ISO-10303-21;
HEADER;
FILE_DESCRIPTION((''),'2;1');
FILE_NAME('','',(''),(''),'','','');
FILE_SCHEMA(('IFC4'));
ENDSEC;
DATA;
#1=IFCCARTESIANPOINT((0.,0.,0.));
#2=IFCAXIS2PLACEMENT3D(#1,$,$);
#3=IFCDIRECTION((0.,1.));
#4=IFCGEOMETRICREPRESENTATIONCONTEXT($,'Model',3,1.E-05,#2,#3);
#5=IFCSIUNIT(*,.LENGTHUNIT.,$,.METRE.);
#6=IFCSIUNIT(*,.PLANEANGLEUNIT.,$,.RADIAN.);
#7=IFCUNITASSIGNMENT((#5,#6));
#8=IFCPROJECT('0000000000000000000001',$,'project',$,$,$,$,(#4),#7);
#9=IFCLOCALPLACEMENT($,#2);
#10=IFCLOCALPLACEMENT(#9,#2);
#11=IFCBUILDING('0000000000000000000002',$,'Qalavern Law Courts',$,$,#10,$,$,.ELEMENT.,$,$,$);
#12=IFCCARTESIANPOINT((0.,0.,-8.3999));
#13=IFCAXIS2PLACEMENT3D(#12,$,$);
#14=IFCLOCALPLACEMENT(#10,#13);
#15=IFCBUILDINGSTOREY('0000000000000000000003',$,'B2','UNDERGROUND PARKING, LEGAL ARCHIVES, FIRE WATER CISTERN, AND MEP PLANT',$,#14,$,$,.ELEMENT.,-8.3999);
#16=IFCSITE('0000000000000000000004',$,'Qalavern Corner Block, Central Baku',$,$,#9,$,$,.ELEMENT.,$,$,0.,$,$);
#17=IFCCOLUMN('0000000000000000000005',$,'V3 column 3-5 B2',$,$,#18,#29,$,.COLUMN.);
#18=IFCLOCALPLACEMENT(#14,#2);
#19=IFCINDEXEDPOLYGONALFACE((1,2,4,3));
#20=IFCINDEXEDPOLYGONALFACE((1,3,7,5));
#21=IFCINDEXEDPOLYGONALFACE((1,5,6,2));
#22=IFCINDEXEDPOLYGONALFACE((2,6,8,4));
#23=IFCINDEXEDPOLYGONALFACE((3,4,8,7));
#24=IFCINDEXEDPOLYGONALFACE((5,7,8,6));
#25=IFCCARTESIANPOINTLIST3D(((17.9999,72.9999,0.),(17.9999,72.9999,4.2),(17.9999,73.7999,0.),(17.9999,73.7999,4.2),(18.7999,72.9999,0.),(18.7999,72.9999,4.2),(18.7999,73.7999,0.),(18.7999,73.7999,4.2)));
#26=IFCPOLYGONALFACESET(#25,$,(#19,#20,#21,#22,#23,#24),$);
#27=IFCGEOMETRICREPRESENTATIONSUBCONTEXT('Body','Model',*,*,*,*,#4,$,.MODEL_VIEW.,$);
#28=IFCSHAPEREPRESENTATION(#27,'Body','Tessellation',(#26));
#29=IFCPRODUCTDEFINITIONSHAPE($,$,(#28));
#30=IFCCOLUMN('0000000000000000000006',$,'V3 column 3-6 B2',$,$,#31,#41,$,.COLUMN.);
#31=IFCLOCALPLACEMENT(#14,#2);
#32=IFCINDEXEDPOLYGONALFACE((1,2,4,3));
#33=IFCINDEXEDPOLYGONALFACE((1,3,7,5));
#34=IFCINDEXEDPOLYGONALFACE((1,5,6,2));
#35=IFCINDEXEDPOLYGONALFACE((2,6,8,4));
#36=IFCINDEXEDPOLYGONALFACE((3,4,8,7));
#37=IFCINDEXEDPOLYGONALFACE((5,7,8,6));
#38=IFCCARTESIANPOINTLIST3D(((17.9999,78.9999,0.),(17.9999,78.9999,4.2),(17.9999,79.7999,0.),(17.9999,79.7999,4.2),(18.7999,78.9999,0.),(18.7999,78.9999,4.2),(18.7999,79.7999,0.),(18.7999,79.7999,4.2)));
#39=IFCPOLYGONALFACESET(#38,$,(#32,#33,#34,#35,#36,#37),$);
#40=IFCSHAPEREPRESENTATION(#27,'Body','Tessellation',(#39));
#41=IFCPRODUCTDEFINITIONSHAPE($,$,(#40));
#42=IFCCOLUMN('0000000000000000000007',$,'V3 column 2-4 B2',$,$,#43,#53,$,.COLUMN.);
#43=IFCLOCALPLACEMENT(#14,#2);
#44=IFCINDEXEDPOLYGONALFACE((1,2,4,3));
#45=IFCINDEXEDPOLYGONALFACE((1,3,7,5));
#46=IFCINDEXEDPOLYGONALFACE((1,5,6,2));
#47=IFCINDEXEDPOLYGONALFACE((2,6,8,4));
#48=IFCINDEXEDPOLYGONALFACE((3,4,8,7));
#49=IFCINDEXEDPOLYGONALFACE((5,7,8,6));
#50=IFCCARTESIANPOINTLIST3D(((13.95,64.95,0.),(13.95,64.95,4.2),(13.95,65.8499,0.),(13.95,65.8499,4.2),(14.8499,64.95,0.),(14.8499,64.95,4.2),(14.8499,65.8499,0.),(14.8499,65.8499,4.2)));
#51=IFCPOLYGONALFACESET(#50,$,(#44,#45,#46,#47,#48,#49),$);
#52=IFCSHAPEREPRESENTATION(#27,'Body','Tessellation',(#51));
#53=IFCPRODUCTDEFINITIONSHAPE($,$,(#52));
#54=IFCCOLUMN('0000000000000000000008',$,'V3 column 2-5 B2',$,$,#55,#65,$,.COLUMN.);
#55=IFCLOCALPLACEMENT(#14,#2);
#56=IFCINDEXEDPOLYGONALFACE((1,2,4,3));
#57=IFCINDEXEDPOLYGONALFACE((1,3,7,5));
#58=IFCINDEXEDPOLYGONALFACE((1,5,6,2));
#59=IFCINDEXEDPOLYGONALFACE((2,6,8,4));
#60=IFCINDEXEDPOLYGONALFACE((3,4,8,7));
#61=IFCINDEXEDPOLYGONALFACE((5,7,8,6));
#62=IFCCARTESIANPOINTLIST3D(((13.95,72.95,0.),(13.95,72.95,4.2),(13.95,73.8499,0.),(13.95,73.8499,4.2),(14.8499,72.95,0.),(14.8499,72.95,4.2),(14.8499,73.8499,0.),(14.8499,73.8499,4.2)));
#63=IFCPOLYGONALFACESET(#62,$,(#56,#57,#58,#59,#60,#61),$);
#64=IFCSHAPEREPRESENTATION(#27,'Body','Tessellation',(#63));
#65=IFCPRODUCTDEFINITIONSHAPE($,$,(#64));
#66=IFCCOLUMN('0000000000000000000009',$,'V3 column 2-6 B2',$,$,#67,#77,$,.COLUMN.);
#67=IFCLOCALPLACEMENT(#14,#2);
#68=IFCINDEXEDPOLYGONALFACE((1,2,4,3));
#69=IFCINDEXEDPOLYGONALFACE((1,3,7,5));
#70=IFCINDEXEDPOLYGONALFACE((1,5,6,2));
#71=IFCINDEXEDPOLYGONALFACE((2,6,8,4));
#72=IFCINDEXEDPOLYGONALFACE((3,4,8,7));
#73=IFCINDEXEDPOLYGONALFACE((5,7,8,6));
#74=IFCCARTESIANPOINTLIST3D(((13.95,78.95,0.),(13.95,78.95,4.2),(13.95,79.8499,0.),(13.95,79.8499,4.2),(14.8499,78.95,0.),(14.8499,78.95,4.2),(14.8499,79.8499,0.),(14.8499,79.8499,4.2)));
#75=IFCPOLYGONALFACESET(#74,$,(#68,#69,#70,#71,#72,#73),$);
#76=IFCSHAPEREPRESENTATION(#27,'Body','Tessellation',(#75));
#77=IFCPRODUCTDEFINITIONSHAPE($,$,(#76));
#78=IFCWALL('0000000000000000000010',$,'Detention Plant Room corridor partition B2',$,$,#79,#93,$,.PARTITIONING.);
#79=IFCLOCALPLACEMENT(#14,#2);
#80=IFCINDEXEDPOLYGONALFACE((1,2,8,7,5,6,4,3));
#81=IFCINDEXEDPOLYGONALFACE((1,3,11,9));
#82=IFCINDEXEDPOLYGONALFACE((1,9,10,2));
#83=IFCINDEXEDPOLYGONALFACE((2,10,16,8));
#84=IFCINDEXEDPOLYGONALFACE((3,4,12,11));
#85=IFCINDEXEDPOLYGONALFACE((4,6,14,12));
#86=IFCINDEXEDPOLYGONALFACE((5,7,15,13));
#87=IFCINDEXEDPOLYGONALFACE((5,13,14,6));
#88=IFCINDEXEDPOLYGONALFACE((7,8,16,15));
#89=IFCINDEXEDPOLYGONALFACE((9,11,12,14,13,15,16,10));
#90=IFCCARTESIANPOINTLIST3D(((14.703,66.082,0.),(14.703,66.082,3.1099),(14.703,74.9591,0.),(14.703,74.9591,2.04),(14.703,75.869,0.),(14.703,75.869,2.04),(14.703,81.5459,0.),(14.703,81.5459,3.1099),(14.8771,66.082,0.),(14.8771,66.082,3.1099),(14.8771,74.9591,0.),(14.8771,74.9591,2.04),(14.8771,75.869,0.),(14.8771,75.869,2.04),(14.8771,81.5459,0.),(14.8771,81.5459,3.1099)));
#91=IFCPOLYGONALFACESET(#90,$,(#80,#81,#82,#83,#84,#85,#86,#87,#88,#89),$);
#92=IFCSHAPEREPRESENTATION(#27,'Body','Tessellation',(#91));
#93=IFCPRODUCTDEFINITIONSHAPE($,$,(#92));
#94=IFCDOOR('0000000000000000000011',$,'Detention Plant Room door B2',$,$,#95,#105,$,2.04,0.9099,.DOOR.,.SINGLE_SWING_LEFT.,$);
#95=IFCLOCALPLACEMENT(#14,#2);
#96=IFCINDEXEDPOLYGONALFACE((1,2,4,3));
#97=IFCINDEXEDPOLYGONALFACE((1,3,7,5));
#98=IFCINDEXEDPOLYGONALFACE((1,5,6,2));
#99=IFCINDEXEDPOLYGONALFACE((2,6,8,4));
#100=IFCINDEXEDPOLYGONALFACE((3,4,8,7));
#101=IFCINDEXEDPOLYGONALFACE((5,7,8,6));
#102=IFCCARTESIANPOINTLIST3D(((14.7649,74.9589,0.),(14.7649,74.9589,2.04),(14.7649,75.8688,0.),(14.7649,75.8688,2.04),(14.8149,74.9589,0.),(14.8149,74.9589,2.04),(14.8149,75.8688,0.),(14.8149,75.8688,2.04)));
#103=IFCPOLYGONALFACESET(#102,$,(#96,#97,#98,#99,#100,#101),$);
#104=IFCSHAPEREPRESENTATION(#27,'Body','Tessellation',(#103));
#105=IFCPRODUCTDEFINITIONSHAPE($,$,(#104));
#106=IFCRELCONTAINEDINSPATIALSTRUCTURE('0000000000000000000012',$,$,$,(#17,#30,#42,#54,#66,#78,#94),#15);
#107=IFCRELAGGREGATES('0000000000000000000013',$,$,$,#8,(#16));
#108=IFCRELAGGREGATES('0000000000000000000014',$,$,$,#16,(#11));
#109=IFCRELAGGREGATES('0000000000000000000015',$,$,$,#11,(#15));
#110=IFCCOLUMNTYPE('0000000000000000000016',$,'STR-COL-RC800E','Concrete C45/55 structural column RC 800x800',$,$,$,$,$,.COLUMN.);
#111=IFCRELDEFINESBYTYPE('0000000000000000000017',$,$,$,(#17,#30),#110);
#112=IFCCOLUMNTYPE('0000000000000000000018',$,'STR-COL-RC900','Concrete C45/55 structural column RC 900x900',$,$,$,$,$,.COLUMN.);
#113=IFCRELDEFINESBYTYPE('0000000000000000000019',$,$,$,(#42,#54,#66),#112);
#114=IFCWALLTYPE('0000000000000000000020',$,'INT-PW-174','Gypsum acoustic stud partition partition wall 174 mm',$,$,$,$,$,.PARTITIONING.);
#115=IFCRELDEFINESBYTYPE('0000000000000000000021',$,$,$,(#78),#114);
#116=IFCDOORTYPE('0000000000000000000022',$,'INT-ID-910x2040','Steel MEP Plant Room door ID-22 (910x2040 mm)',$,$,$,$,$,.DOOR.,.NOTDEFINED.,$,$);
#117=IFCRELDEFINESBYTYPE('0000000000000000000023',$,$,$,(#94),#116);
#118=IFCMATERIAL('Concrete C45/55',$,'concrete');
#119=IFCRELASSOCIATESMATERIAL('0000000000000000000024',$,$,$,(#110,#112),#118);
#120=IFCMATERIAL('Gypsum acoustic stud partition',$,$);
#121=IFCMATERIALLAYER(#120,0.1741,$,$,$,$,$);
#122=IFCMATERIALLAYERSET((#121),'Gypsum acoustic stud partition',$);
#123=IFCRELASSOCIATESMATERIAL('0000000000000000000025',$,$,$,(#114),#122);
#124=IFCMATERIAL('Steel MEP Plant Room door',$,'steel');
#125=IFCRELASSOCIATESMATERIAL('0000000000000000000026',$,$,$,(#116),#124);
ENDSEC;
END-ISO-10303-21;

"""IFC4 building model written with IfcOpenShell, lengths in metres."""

from ifc_helpers import new_model, si_unit, direction, frame, frame_2d, origin, origin_2d, place, context, subcontext, project, spatial, rectangle, extrude, material, layer, layer_set, material_profile, profile_set, type_object, element, fill, save


model = new_model("IFC4")

# Units and contexts
model_context = context("Model", 3, precision=1e-05, world=origin(), true_north=direction((0.0, 1.0)))
body_context = subcontext(model_context, "Body", "Model", "MODEL_VIEW")
ifc_project = project(units=[si_unit("LENGTHUNIT", "METRE"), si_unit("PLANEANGLEUNIT", "RADIAN")], contexts=[model_context])

# Site, building, storey
site_placement = place(None, origin())
site = spatial("IfcSite", under=ifc_project, at=site_placement, Name="Qalavern Corner Block, Central Baku", CompositionType="ELEMENT", RefElevation=0.0)
building_placement = place(site_placement, origin())
building = spatial("IfcBuilding", under=site, at=building_placement, Name="Qalavern Law Courts", CompositionType="ELEMENT")
storey_placement = place(building_placement, frame((0.0, 0.0, -8.3999)))
storey = spatial("IfcBuildingStorey", under=building, at=storey_placement, Name="B2", Description="UNDERGROUND PARKING, LEGAL ARCHIVES, FIRE WATER CISTERN, AND MEP PLANT", CompositionType="ELEMENT", Elevation=-8.3999)

# Columns
ifc_material_1 = material(Name="Concrete C45/55", Category="concrete")
ifc_material_profile_1 = material_profile(ifc_material_1, rectangle(XDim=0.8, YDim=0.8, at=origin_2d()), Name="RC 800x800")
ifc_profile_set_1 = profile_set([ifc_material_profile_1], Name="Concrete C45/55")
column_type_1 = type_object("IfcColumnType", Name="STR-COL-RC800E", Description="Concrete C45/55 structural column RC 800x800", PredefinedType="COLUMN", material=ifc_profile_set_1)
for number, where, z_axis, x_axis, name in (
    (1, (18.3999, 73.3999, 0.0), (0.0, 0.0, 1.0), (1.0, 0.0, 0.0), "V3 column 3-5 B2"),
    (2, (18.3999, 79.3999, 0.0), (0.0, 0.0, 1.0), (1.0, 0.0, 0.0), "V3 column 3-6 B2"),
):
    element("IfcColumn", number, at=place(storey_placement, frame(where, z_axis=z_axis, x_axis=x_axis)), inside=storey, type_object=column_type_1, Name=name, PredefinedType="COLUMN", context=body_context, shape_type="SweptSolid", body=[
        extrude(rectangle(XDim=0.8, YDim=0.8, at=origin_2d()), origin(), (0.0, 0.0, 1.0), 4.2),
    ])
ifc_material_profile_2 = material_profile(ifc_material_1, rectangle(XDim=0.8999, YDim=0.8999, at=origin_2d()), Name="RC 900x900")
ifc_profile_set_2 = profile_set([ifc_material_profile_2], Name="Concrete C45/55")
column_type_2 = type_object("IfcColumnType", Name="STR-COL-RC900", Description="Concrete C45/55 structural column RC 900x900", PredefinedType="COLUMN", material=ifc_profile_set_2)
for number, where, z_axis, x_axis, name in (
    (3, (14.3999, 65.3999, 0.0), (0.0, 0.0, 1.0), (1.0, 0.0, 0.0), "V3 column 2-4 B2"),
    (4, (14.3999, 73.3999, 0.0), (0.0, 0.0, 1.0), (1.0, 0.0, 0.0), "V3 column 2-5 B2"),
    (5, (14.3999, 79.3999, 0.0), (0.0, 0.0, 1.0), (1.0, 0.0, 0.0), "V3 column 2-6 B2"),
):
    element("IfcColumn", number, at=place(storey_placement, frame(where, z_axis=z_axis, x_axis=x_axis)), inside=storey, type_object=column_type_2, Name=name, PredefinedType="COLUMN", context=body_context, shape_type="SweptSolid", body=[
        extrude(rectangle(XDim=0.8999, YDim=0.8999, at=origin_2d()), origin(), (0.0, 0.0, 1.0), 4.2),
    ])

# Wall, opening, door
ifc_material_2 = material(Name="Gypsum acoustic stud partition")
ifc_layer = layer(ifc_material_2, 0.1741)
ifc_layer_set = layer_set([ifc_layer], Name="Gypsum acoustic stud partition")
wall_type = type_object("IfcWallType", Name="INT-PW-174", Description="Gypsum acoustic stud partition partition wall 174 mm", PredefinedType="PARTITIONING", material=ifc_layer_set)
wall_placement = place(storey_placement, frame((14.79, 66.082, 0.0), z_axis=(0.0, 0.0, 1.0), x_axis=(0.0, 1.0, 0.0)))
wall = element("IfcWall", 6, at=wall_placement, inside=storey, type_object=wall_type, Name="Detention Plant Room corridor partition B2", PredefinedType="PARTITIONING", context=body_context, shape_type="SweptSolid", body=[
    extrude(rectangle(XDim=15.4639, YDim=0.1741, at=frame_2d((7.7319, 0.0))), origin(), (0.0, 0.0, 1.0), 3.1099),
])
opening_placement = place(wall_placement, frame((8.877, 0.0, 0.0)))
opening = element("IfcOpeningElement", 7, at=opening_placement, cuts=wall, PredefinedType="OPENING", context=body_context, shape_type="SweptSolid", body=[
    extrude(rectangle(XDim=0.9099, YDim=2.04, at=frame_2d((0.4551, 1.02))), frame((0.0, 0.1021, 0.0), z_axis=(0.0, -1.0, 0.0), x_axis=(1.0, 0.0, 0.0)), (0.0, 0.0, 1.0), 0.2039),
])
ifc_material_3 = material(Name="Steel MEP Plant Room door", Category="steel")
door_type = type_object("IfcDoorType", Name="INT-ID-910x2040", Description="Steel MEP Plant Room door ID-22 (910x2040 mm)", OperationType="NOTDEFINED", PredefinedType="DOOR", material=ifc_material_3)
door_placement = place(opening_placement, frame((0.9099, 0.0, 0.0), z_axis=(0.0, 0.0, 1.0), x_axis=(-1.0, 0.0, 0.0)))
door = element("IfcDoor", 8, at=door_placement, inside=storey, type_object=door_type, Name="Detention Plant Room door B2", OperationType="SINGLE_SWING_LEFT", OverallHeight=2.04, OverallWidth=0.9099, PredefinedType="DOOR", context=body_context, shape_type="SweptSolid", body=[
    extrude(rectangle(XDim=0.9099, YDim=2.04, at=frame_2d((0.4551, 1.02))), frame((0.0, 0.0249, 0.0), z_axis=(0.0, -1.0, 0.0), x_axis=(1.0, 0.0, 0.0)), (0.0, 0.0, 1.0), 0.05),
])
fill(opening, door)

save(model, "model.ifc")
